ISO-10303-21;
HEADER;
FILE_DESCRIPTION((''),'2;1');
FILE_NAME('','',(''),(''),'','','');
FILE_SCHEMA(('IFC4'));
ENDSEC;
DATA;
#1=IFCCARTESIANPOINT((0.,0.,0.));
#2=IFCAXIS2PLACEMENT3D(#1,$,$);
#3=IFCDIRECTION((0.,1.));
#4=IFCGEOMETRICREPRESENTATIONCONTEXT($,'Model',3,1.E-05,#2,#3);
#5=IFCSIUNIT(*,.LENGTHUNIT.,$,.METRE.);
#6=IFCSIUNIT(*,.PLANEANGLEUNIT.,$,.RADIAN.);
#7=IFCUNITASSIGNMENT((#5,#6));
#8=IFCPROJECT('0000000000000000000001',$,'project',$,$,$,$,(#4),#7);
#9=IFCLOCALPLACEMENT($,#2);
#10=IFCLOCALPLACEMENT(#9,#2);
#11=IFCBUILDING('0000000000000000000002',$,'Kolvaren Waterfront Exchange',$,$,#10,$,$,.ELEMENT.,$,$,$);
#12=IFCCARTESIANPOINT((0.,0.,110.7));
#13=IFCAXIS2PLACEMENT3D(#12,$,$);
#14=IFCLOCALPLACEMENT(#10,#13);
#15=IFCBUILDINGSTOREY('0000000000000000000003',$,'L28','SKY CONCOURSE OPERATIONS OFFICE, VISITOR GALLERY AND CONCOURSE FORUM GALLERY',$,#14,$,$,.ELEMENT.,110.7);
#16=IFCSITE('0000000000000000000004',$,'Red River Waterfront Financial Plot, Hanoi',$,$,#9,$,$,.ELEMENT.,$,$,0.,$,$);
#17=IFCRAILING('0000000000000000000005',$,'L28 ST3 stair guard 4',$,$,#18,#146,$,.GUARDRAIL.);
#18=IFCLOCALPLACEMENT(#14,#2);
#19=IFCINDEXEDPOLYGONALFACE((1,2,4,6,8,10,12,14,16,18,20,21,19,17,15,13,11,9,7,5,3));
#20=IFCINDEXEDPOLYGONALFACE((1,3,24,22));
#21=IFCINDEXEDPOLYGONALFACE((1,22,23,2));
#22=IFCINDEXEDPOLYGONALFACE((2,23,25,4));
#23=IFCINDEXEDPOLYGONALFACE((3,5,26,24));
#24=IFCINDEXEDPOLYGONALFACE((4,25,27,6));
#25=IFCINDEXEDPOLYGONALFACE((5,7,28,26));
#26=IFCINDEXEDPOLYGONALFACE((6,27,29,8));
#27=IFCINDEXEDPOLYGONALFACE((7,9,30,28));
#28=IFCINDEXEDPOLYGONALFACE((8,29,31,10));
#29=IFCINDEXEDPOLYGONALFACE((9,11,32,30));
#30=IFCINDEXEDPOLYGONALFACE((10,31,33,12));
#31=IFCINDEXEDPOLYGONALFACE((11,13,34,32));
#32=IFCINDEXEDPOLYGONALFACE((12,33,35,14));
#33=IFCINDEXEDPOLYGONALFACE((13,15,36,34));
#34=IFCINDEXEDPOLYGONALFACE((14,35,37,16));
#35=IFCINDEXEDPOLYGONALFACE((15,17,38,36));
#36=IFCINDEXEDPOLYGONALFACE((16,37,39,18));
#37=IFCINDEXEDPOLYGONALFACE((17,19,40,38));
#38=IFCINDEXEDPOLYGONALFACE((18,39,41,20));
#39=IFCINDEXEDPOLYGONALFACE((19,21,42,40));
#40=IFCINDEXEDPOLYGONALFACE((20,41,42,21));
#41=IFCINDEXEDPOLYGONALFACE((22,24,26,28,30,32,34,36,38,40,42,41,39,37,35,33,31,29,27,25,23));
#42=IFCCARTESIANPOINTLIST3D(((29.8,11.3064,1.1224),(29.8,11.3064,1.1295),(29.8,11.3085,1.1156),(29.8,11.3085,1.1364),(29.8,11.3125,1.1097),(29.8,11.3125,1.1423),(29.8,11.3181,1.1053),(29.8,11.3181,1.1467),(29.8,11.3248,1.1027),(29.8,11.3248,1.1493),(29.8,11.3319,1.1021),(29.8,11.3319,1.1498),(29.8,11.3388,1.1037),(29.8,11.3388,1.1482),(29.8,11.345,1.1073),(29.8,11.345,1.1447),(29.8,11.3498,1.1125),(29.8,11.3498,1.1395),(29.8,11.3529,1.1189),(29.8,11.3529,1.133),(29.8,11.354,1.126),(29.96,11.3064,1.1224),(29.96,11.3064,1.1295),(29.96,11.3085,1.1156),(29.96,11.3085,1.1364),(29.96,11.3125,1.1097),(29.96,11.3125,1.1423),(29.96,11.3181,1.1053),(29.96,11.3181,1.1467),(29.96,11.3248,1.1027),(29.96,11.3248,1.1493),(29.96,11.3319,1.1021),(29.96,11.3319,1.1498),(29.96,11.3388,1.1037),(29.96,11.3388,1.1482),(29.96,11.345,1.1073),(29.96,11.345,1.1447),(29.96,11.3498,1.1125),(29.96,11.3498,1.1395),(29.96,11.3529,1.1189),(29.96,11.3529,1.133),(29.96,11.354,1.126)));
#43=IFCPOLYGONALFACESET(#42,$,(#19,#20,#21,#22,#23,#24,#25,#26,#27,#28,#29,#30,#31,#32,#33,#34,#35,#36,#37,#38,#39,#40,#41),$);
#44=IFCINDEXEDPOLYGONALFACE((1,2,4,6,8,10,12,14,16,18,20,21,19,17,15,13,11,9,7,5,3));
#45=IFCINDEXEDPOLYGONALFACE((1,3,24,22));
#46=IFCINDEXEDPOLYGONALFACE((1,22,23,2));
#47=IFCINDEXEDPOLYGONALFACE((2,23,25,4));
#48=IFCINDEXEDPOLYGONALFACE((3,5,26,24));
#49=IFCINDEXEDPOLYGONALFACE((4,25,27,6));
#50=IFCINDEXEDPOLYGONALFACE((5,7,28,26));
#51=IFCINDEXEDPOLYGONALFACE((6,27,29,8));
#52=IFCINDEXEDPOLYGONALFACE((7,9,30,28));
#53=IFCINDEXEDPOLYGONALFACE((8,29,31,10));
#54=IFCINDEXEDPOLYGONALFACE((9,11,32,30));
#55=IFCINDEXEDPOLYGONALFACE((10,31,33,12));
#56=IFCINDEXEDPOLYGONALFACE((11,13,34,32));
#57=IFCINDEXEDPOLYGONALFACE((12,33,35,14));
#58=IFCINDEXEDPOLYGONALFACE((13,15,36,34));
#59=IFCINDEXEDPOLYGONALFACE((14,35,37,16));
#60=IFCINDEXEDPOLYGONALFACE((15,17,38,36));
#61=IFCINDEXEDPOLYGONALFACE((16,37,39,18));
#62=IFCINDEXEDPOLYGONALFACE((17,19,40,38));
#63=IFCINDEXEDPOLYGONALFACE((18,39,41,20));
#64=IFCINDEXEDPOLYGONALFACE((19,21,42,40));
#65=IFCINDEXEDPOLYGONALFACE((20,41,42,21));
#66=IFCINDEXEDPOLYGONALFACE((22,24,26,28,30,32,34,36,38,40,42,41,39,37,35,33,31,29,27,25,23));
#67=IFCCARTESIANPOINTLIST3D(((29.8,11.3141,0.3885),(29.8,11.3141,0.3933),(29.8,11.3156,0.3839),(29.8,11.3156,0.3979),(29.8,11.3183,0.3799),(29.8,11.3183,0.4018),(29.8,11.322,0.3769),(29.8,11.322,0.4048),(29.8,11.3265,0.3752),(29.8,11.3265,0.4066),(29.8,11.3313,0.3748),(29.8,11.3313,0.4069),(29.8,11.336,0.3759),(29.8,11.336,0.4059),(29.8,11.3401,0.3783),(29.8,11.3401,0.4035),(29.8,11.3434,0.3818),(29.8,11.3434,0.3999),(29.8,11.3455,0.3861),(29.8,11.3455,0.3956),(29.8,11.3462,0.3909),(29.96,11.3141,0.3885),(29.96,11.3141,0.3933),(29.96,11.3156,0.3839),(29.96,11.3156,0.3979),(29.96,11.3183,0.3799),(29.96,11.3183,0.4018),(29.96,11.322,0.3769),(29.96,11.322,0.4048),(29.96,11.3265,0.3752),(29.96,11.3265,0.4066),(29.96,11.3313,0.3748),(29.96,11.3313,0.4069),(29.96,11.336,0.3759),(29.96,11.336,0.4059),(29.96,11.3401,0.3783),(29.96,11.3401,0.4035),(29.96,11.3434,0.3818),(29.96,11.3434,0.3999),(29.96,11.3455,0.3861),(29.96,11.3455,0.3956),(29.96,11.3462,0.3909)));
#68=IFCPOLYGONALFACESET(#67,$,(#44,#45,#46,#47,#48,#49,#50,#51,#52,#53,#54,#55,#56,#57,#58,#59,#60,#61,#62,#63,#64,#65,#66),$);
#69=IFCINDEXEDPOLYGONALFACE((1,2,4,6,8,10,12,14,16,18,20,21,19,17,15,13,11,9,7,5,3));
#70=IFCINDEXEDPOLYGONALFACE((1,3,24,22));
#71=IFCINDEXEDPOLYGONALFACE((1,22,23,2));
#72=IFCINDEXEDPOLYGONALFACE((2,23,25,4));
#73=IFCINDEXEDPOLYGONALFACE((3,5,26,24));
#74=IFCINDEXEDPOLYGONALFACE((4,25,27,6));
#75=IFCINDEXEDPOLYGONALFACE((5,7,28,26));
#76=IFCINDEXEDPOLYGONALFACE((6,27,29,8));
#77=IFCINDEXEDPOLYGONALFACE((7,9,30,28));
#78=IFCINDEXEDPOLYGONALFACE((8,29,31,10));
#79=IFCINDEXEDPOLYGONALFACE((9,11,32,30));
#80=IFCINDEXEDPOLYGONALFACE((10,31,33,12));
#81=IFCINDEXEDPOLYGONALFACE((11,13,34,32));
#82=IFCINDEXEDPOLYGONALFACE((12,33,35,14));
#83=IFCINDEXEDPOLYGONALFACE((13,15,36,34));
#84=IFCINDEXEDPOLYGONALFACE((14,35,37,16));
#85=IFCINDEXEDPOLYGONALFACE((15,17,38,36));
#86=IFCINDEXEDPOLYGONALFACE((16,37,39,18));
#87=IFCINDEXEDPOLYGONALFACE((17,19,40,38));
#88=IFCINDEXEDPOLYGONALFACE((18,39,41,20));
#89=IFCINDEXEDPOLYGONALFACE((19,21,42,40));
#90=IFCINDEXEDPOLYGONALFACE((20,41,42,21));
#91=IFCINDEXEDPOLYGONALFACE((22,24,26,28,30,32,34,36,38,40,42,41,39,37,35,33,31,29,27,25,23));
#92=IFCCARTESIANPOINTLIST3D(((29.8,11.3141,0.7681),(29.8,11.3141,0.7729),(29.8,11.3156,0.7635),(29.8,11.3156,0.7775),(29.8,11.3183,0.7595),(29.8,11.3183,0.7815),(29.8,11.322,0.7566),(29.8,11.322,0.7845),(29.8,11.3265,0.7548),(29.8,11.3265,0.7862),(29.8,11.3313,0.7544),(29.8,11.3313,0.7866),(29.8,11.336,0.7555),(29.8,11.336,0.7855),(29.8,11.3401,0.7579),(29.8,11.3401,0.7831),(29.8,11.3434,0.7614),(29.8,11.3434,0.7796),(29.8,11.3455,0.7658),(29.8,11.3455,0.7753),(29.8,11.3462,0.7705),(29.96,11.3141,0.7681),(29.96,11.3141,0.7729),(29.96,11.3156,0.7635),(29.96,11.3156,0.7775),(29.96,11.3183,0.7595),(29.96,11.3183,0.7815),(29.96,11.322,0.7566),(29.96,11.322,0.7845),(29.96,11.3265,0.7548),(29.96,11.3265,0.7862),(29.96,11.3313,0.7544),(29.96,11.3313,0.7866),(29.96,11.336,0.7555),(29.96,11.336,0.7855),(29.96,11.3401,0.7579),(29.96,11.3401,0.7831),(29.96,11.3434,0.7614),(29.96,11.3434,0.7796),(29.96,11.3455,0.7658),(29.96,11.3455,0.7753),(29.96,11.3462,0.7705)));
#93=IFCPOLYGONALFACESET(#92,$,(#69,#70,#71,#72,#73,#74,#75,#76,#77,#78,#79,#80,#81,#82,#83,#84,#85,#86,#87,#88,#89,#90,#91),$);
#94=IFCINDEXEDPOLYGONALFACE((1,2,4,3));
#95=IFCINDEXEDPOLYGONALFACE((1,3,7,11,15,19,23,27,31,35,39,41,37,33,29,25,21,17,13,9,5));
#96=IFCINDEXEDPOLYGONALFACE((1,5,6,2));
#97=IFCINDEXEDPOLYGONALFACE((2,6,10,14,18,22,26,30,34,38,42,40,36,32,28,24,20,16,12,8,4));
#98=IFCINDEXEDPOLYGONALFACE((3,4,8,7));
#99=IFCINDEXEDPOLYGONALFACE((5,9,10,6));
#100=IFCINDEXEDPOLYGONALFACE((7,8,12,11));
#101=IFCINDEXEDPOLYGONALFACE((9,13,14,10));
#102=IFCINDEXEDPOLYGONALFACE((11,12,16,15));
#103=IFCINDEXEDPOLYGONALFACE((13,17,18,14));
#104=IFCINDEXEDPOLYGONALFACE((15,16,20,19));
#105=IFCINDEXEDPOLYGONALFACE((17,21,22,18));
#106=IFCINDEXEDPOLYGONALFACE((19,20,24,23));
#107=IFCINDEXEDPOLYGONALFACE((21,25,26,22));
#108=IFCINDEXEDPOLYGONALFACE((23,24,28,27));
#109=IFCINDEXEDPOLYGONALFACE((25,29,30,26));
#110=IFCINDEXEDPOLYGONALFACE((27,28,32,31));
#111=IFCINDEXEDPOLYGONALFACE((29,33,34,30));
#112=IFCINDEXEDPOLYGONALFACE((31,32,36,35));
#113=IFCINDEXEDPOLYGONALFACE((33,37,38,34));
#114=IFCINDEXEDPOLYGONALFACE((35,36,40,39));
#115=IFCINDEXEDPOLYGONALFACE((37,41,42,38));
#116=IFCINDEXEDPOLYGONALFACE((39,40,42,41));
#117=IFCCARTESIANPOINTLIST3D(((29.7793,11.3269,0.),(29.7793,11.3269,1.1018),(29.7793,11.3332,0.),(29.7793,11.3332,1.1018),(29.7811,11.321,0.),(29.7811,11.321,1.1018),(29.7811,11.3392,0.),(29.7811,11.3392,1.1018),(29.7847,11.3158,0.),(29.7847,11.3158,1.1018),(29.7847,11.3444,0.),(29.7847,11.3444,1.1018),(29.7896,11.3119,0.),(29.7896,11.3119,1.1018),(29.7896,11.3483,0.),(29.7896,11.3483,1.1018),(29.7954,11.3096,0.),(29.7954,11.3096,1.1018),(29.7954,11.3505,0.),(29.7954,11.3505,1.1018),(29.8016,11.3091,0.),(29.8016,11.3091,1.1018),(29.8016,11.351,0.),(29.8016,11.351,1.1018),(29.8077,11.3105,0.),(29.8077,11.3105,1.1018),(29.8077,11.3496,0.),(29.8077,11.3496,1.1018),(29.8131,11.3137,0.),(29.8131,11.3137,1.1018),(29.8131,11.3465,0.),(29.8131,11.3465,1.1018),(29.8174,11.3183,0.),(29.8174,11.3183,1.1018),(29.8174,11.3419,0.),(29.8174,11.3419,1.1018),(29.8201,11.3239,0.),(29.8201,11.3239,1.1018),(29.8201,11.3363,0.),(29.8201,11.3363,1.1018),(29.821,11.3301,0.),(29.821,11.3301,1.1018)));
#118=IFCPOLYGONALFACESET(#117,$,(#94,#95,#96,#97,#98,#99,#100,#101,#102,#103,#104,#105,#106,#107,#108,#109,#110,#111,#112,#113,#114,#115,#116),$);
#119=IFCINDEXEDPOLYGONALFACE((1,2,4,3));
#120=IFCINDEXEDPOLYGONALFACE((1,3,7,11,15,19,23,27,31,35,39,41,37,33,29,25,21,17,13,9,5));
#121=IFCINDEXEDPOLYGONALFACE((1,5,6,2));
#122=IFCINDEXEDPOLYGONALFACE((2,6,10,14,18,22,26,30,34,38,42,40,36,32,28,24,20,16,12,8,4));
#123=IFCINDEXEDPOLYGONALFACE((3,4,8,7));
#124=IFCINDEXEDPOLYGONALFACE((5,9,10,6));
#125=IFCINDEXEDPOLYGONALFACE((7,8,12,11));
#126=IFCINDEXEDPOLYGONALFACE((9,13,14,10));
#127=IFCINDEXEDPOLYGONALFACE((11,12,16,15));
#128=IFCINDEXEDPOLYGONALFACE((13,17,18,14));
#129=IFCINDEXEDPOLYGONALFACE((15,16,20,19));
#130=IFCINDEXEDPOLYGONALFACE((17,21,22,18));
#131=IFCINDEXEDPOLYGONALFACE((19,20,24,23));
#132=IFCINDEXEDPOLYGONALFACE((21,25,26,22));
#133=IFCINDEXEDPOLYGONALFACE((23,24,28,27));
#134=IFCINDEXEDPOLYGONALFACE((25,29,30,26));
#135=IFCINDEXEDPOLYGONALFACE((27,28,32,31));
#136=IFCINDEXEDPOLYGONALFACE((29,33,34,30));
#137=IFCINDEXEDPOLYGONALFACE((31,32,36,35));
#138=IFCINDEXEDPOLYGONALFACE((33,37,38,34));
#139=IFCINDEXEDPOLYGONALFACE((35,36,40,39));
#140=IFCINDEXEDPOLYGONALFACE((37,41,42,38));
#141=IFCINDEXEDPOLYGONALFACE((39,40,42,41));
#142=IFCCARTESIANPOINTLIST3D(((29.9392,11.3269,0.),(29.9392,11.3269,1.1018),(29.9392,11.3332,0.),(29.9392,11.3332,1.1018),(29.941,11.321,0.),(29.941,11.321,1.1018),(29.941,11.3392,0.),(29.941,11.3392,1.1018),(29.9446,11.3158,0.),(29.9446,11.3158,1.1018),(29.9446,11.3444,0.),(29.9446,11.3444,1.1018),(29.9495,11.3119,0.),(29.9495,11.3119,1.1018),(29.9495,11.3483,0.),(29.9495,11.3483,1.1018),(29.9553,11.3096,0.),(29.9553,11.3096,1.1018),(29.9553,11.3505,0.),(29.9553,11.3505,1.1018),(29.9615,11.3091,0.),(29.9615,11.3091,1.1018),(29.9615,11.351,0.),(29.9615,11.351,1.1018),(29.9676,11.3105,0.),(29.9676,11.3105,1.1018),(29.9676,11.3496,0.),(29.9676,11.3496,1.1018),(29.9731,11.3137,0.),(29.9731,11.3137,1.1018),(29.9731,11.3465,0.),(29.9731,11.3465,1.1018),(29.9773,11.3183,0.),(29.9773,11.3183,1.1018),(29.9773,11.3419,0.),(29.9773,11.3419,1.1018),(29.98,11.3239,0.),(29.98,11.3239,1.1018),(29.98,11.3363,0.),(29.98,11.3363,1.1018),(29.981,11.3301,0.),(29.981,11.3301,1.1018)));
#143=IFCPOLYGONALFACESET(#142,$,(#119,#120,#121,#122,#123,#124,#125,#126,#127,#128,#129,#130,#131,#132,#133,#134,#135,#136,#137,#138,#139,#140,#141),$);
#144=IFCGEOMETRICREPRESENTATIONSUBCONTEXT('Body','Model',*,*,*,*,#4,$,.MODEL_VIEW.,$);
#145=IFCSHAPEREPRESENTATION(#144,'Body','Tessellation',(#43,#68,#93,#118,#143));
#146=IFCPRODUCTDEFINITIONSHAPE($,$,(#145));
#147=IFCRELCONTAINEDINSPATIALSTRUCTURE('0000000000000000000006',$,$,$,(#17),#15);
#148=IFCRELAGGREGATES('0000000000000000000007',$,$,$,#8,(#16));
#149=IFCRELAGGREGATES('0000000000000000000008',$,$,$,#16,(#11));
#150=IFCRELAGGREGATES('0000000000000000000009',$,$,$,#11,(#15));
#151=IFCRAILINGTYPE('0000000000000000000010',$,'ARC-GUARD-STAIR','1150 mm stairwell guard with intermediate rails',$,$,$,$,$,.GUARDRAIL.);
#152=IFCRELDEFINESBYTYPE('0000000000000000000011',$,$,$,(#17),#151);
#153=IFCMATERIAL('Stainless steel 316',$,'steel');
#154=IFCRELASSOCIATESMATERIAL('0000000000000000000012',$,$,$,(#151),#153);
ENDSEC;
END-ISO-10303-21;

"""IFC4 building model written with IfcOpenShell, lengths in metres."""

from ifc_helpers import new_model, si_unit, direction, frame, origin, origin_2d, place, context, subcontext, project, spatial, circle, extrude, material, type_object, element, save


model = new_model("IFC4")

# Units and contexts
model_context = context("Model", 3, precision=1e-05, world=origin(), true_north=direction((0.0, 1.0)))
body_context = subcontext(model_context, "Body", "Model", "MODEL_VIEW")
ifc_project = project(units=[si_unit("LENGTHUNIT", "METRE"), si_unit("PLANEANGLEUNIT", "RADIAN")], contexts=[model_context])

# Site, building, storey
site_placement = place(None, origin())
site = spatial("IfcSite", under=ifc_project, at=site_placement, Name="Red River Waterfront Financial Plot, Hanoi", CompositionType="ELEMENT", RefElevation=0.0)
building_placement = place(site_placement, origin())
building = spatial("IfcBuilding", under=site, at=building_placement, Name="Kolvaren Waterfront Exchange", CompositionType="ELEMENT")
storey_placement = place(building_placement, frame((0.0, 0.0, 110.7)))
storey = spatial("IfcBuildingStorey", under=building, at=storey_placement, Name="L28", Description="SKY CONCOURSE OPERATIONS OFFICE, VISITOR GALLERY AND CONCOURSE FORUM GALLERY", CompositionType="ELEMENT", Elevation=110.7)

# Railing
ifc_material_1 = material(Name="Stainless steel 316", Category="steel")
railing_type_1 = type_object("IfcRailingType", Name="ARC-GUARD-STAIR", Description="1150 mm stairwell guard with intermediate rails", PredefinedType="GUARDRAIL", material=ifc_material_1)
railing_1_placement = place(storey_placement, frame((29.8, 11.3301, 0.0)))
element("IfcRailing", 1, at=railing_1_placement, inside=storey, type_object=railing_type_1, Name="L28 ST3 stair guard 4", PredefinedType="GUARDRAIL", context=body_context, shape_type="SweptSolid", body=[
    extrude(circle(Radius=0.0239, at=origin_2d()), frame((0.0, 0.0, 1.126), z_axis=(1.0, 0.0, 0.0), x_axis=(0.0, 1.0, 0.0)), (0.0, 0.0, 1.0), 0.1599),
    extrude(circle(Radius=0.0161, at=origin_2d()), frame((0.0, 0.0, 0.3909), z_axis=(1.0, 0.0, 0.0), x_axis=(0.0, 1.0, 0.0)), (0.0, 0.0, 1.0), 0.1599),
    extrude(circle(Radius=0.0161, at=origin_2d()), frame((0.0, 0.0, 0.7705), z_axis=(1.0, 0.0, 0.0), x_axis=(0.0, 1.0, 0.0)), (0.0, 0.0, 1.0), 0.1599),
    extrude(circle(Radius=0.021, at=origin_2d()), origin(), (0.0, 0.0, 1.0), 1.1018),
    extrude(circle(Radius=0.021, at=origin_2d()), frame((0.1599, 0.0, 0.0)), (0.0, 0.0, 1.0), 1.1018),
])

save(model, "model.ifc")
